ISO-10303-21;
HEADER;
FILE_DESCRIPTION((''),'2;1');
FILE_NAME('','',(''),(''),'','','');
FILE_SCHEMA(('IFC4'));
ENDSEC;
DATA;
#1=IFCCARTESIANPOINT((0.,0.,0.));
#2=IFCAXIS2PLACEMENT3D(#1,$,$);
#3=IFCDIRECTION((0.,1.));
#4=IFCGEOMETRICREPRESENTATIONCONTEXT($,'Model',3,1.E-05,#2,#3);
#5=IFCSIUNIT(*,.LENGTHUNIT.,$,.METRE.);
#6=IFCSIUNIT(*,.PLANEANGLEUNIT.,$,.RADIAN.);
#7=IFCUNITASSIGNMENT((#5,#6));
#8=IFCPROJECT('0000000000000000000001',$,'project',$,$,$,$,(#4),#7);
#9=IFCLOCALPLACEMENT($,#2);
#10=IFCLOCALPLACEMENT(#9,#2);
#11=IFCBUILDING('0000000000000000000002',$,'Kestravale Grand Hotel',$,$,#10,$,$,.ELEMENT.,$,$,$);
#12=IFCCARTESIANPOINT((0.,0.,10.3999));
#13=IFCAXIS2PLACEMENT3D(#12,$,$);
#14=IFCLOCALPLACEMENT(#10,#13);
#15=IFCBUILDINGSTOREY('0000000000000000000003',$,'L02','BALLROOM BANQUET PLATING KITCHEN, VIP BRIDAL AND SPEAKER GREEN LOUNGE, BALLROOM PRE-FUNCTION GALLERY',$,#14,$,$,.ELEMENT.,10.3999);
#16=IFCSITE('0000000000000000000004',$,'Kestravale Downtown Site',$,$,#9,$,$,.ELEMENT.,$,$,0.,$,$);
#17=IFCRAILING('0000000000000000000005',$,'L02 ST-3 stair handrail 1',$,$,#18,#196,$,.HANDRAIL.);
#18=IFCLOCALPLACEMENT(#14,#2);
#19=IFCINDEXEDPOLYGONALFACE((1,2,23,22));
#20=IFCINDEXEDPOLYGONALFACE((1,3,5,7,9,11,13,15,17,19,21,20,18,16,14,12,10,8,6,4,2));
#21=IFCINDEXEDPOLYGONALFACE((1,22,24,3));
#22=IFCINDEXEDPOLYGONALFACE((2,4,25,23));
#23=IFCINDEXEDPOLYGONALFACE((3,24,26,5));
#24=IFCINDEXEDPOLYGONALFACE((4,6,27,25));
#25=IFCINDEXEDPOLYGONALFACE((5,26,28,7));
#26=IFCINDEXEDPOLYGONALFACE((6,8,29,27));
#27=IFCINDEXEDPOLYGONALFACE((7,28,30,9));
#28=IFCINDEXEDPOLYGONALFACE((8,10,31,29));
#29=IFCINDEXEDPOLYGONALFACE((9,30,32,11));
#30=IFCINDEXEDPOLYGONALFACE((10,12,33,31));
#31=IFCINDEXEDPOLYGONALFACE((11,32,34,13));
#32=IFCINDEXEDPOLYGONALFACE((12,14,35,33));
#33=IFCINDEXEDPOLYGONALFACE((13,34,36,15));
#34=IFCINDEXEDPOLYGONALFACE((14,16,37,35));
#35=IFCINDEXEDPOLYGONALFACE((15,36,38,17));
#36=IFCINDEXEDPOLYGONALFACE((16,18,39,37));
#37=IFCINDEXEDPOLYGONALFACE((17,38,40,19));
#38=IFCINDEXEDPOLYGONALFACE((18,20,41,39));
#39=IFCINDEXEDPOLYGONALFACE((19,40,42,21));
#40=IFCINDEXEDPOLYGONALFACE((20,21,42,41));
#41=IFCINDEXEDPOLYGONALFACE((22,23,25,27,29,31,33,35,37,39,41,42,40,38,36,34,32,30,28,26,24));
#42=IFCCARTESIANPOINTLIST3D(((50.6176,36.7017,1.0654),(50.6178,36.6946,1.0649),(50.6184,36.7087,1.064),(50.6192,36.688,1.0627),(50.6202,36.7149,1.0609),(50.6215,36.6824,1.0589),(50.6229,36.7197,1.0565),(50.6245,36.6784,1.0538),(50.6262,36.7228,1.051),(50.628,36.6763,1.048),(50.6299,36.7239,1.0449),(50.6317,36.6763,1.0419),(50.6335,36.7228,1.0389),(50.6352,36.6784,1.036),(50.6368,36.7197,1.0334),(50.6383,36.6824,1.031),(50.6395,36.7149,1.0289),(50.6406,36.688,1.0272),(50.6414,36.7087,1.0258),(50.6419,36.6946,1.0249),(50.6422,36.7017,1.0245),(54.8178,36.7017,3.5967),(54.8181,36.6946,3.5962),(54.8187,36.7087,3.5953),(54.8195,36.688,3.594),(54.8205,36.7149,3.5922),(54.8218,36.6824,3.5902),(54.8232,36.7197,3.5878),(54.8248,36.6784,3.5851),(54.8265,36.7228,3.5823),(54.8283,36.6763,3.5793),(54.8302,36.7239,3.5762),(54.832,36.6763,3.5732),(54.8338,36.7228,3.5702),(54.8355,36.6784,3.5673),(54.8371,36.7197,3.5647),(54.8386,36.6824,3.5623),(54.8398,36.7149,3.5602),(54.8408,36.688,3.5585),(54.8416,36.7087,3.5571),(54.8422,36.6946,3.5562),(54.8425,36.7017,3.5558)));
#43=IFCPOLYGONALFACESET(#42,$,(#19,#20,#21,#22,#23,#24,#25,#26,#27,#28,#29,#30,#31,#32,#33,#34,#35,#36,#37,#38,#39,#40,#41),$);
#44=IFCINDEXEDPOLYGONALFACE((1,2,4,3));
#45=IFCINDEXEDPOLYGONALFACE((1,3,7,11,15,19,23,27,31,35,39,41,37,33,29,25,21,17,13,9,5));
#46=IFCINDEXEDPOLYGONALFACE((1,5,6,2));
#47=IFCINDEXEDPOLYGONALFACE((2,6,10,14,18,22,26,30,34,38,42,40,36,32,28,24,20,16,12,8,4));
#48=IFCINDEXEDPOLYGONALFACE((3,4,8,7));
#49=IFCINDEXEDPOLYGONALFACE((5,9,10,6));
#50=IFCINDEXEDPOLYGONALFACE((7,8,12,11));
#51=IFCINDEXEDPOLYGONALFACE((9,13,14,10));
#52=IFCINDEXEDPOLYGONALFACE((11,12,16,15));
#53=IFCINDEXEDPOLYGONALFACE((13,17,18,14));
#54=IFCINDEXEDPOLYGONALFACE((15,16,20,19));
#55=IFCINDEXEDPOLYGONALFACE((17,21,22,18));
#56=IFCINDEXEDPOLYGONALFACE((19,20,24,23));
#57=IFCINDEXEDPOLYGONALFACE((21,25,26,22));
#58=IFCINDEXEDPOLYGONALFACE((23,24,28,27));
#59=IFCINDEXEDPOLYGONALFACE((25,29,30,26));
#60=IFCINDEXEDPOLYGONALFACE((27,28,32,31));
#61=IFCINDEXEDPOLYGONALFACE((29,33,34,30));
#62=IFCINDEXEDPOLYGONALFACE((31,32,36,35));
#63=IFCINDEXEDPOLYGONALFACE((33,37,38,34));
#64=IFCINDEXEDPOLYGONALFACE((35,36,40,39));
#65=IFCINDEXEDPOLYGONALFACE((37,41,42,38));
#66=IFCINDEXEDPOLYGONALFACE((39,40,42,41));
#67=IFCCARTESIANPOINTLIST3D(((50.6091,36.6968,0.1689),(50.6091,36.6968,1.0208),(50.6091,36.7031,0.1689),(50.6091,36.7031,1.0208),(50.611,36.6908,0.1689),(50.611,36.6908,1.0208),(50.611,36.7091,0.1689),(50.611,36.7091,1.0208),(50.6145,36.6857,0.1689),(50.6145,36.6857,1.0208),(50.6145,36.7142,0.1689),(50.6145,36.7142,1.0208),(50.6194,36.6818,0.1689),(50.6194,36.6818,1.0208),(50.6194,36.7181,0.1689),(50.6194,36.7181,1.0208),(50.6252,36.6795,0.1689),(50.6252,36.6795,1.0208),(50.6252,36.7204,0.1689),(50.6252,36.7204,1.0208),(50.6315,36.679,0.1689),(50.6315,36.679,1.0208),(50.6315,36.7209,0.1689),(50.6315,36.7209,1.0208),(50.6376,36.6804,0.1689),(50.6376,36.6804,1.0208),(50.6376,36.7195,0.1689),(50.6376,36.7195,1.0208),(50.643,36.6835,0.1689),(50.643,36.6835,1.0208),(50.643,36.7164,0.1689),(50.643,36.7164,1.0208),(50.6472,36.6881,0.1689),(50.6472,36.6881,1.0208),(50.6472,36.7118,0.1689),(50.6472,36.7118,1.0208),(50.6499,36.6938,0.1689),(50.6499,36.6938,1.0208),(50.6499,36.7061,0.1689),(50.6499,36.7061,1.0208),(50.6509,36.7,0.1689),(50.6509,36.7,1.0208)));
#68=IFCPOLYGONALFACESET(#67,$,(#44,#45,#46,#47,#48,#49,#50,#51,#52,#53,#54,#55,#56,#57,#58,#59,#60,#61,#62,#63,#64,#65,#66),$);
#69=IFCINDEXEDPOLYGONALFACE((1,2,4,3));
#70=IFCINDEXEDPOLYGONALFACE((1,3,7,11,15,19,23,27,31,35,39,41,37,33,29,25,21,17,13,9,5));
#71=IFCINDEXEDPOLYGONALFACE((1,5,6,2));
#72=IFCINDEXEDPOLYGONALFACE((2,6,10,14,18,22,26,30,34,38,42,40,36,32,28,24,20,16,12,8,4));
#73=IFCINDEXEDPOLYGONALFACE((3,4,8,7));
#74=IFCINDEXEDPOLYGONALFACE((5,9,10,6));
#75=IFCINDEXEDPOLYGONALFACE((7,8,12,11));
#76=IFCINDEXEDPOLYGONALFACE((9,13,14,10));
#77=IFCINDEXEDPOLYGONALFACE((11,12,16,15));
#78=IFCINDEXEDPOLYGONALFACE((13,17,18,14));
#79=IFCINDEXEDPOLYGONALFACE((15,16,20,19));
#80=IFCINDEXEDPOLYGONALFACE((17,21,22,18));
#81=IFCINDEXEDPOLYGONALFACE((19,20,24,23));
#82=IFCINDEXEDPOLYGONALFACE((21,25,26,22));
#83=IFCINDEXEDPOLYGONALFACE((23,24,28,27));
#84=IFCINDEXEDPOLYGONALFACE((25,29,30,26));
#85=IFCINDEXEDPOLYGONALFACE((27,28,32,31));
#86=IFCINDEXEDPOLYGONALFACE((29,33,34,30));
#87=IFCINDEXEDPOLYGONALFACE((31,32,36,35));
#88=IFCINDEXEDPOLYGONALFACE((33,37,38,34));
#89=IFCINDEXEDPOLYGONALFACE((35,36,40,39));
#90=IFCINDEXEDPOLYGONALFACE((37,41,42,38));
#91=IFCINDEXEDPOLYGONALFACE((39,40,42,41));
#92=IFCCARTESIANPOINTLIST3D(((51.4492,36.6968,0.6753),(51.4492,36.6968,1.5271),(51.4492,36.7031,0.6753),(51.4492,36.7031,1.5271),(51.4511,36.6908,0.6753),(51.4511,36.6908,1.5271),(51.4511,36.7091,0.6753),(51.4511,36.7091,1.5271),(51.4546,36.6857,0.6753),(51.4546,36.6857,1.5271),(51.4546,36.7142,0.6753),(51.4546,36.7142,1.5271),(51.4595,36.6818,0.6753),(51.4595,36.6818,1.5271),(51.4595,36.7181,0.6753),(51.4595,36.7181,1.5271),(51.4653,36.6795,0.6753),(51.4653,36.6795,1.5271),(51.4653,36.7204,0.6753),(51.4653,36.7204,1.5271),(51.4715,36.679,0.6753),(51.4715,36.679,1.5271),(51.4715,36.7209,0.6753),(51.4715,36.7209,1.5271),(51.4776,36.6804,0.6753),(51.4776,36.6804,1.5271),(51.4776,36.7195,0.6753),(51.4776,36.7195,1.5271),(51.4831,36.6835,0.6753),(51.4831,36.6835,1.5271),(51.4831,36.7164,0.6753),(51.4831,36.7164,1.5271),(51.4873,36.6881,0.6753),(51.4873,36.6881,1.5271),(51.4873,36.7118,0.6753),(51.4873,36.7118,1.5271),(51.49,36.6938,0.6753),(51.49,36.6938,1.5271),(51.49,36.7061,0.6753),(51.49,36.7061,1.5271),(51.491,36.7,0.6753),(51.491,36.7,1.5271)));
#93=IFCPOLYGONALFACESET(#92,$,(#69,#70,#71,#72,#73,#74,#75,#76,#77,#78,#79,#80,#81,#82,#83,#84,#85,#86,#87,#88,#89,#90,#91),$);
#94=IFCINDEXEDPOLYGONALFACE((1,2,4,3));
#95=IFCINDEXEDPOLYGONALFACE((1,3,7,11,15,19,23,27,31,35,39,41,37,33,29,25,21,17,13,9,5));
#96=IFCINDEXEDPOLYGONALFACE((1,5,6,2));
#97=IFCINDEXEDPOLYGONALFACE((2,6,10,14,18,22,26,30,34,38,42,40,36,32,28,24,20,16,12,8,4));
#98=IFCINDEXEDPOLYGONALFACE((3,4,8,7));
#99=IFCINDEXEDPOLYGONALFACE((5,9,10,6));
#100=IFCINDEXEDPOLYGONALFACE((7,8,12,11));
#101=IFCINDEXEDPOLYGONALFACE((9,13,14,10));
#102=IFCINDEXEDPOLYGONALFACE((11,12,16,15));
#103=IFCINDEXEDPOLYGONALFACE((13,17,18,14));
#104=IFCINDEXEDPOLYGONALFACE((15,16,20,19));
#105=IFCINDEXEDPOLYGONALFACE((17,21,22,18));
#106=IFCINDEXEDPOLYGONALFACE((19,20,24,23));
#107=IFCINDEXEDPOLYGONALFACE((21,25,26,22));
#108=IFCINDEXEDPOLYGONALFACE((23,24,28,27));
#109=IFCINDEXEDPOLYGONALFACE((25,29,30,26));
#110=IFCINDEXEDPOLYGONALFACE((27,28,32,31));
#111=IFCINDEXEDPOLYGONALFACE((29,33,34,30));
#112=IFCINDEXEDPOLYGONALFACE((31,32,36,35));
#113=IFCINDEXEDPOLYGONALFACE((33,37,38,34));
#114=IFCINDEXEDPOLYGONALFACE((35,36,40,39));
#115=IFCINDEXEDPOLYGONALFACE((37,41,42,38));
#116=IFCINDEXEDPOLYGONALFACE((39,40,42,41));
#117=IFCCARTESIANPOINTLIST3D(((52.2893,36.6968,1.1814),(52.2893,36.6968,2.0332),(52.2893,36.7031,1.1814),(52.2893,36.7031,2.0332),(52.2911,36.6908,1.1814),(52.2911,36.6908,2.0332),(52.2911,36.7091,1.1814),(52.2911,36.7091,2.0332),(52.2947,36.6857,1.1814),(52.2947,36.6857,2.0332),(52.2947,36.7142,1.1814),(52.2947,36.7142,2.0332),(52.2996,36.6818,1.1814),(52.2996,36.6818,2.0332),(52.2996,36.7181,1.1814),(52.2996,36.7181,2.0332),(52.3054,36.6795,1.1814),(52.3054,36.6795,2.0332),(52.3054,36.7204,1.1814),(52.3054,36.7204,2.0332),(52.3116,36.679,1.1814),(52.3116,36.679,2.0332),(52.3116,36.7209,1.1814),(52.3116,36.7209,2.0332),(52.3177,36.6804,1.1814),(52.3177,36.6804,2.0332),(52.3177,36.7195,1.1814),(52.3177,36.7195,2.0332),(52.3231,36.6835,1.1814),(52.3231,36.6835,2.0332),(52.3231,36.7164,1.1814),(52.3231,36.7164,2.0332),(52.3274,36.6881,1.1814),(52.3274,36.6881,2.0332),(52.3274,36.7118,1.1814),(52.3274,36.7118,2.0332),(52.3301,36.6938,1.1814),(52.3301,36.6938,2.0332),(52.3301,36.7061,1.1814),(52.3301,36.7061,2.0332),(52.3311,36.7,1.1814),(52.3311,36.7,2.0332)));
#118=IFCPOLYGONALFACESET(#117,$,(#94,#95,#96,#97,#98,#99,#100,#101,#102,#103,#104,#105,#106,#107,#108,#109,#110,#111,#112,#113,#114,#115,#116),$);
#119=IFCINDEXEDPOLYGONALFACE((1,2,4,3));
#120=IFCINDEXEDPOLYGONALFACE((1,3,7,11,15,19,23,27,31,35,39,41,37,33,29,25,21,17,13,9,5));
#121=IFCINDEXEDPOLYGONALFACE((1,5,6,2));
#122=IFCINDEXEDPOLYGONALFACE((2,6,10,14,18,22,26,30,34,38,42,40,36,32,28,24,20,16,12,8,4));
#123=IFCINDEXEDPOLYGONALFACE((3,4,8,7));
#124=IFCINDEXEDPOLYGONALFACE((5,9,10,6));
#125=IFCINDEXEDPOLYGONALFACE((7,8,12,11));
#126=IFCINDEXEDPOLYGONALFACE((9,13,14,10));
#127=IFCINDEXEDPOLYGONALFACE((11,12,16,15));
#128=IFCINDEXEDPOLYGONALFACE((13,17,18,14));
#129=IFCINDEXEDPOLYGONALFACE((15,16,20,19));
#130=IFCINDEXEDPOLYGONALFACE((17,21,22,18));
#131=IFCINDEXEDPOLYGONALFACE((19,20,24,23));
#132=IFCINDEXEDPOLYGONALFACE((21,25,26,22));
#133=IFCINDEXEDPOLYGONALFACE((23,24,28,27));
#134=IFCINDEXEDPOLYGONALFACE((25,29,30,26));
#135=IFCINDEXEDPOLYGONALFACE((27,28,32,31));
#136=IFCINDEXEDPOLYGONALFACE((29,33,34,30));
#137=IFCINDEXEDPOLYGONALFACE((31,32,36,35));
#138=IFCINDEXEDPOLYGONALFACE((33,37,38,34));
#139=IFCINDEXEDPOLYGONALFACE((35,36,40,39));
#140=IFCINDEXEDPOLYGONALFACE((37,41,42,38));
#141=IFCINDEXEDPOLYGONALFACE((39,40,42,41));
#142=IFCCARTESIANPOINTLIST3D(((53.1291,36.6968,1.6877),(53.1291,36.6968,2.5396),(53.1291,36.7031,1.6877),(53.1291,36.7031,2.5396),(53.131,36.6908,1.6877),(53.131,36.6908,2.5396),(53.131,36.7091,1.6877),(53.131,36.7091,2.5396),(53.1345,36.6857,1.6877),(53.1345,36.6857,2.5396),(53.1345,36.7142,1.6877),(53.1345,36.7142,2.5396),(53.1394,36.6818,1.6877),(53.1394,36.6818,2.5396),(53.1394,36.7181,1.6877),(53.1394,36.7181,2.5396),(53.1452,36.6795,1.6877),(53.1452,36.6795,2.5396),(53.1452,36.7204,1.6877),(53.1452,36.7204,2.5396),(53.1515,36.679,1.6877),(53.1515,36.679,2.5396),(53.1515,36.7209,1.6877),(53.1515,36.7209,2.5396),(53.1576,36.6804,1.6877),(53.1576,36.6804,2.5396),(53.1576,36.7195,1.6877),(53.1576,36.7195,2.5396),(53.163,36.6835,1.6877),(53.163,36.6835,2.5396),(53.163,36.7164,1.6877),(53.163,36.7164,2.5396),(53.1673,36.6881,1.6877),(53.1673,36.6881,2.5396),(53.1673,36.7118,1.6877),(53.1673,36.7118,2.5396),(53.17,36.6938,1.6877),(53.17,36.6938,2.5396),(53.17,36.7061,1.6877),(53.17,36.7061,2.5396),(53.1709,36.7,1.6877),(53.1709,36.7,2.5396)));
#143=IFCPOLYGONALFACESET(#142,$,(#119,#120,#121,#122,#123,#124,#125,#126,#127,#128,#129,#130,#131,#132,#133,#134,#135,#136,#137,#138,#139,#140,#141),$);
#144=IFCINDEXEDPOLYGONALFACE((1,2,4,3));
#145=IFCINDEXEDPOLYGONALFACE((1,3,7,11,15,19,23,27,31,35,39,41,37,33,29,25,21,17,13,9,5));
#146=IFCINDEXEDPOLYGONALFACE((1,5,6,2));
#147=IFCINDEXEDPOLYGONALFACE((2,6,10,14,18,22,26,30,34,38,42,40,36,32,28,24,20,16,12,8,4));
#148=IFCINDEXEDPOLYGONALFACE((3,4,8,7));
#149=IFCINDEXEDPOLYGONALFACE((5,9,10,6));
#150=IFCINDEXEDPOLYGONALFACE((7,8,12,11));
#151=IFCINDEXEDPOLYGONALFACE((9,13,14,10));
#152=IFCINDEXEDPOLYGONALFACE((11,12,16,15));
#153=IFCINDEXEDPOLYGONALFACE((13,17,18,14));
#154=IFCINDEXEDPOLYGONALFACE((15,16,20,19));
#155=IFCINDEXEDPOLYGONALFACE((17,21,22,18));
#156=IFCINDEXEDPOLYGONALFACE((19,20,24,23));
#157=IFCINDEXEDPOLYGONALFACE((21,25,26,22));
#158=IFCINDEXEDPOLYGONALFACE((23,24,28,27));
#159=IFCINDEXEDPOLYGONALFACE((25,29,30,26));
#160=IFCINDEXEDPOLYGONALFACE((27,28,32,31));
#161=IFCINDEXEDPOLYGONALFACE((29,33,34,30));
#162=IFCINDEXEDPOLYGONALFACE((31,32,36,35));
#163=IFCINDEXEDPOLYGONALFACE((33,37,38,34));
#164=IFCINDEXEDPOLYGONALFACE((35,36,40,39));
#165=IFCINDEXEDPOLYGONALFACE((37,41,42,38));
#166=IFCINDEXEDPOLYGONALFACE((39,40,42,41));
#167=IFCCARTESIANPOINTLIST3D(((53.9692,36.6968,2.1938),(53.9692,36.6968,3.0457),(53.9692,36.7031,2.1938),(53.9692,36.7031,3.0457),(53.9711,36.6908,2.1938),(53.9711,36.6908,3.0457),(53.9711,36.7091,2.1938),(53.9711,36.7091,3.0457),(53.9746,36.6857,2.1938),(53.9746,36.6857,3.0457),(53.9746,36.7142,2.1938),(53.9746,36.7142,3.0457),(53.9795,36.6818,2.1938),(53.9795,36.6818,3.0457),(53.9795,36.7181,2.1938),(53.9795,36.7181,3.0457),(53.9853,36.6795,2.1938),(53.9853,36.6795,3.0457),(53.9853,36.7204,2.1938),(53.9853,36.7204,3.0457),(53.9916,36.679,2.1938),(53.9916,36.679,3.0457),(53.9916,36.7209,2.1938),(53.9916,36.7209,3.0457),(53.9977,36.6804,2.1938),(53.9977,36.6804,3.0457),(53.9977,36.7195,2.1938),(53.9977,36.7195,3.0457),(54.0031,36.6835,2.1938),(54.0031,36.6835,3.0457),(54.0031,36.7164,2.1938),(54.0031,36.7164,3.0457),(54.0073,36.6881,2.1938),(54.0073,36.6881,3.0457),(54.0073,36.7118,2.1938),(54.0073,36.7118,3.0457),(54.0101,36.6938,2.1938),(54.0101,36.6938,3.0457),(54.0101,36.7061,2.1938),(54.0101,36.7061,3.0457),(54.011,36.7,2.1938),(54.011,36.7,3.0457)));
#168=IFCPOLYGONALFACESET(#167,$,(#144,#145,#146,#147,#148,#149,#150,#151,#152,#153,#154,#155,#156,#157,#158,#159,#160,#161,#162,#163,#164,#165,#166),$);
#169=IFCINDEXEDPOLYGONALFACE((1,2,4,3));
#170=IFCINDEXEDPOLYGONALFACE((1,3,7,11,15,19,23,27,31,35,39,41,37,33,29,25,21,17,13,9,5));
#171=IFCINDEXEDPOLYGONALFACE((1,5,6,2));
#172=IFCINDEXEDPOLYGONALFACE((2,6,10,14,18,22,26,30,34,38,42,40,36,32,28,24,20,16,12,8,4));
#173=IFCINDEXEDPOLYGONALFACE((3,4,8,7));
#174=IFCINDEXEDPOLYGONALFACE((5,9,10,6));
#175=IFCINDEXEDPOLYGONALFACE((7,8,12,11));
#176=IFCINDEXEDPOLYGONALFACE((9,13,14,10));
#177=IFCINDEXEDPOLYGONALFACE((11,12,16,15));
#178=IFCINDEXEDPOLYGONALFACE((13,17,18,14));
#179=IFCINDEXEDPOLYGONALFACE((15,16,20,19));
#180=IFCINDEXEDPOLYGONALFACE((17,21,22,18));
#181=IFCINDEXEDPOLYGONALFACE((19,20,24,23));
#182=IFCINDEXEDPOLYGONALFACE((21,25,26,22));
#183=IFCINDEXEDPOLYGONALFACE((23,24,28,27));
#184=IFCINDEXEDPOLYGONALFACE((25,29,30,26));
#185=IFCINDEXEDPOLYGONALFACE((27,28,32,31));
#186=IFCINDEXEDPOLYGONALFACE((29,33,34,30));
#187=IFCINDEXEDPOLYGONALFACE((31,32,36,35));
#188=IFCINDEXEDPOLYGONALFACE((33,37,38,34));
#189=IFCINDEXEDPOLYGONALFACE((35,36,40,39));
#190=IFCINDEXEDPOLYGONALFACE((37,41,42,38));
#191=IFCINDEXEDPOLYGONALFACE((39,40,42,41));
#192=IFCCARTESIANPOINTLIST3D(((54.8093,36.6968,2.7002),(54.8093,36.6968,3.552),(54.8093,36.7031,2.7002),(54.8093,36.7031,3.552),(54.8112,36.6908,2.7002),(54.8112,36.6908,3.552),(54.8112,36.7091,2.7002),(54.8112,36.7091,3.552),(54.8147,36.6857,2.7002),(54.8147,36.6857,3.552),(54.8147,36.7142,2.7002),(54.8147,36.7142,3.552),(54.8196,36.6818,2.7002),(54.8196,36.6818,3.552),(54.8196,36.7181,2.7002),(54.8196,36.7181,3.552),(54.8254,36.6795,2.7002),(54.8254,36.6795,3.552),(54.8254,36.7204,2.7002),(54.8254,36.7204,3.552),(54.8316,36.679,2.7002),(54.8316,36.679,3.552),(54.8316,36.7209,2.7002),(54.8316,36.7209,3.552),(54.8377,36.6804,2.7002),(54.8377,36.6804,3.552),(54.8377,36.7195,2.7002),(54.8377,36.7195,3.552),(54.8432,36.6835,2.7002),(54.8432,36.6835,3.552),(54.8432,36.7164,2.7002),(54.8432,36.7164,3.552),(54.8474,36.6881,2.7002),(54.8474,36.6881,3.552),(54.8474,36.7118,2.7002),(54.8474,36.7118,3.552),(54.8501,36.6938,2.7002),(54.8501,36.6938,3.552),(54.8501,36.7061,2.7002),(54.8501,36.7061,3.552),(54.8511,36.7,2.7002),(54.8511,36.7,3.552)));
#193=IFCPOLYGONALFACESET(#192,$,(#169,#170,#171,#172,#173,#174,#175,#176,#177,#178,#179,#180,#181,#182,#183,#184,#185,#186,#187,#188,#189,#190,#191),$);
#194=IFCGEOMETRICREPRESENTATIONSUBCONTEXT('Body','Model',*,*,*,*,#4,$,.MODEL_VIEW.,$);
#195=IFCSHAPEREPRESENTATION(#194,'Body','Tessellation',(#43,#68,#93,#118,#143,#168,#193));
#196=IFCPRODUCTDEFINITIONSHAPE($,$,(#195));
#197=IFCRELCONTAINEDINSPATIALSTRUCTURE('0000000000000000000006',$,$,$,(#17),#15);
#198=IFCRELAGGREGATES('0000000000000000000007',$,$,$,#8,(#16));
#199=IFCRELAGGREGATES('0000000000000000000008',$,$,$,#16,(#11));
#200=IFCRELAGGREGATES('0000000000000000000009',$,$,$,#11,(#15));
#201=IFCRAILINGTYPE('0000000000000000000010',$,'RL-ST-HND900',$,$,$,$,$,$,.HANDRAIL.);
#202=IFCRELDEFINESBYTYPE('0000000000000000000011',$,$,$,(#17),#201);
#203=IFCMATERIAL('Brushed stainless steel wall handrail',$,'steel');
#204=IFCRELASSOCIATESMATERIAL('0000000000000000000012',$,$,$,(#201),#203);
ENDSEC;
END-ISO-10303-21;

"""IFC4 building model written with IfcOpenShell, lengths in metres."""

from ifc_helpers import new_model, si_unit, direction, frame, origin, origin_2d, place, context, subcontext, project, spatial, circle, extrude, material, type_object, element, save


model = new_model("IFC4")

# Units and contexts
model_context = context("Model", 3, precision=1e-05, world=origin(), true_north=direction((0.0, 1.0)))
body_context = subcontext(model_context, "Body", "Model", "MODEL_VIEW")
ifc_project = project(units=[si_unit("LENGTHUNIT", "METRE"), si_unit("PLANEANGLEUNIT", "RADIAN")], contexts=[model_context])

# Site, building, storey
site_placement = place(None, origin())
site = spatial("IfcSite", under=ifc_project, at=site_placement, Name="Kestravale Downtown Site", CompositionType="ELEMENT", RefElevation=0.0)
building_placement = place(site_placement, origin())
building = spatial("IfcBuilding", under=site, at=building_placement, Name="Kestravale Grand Hotel", CompositionType="ELEMENT")
storey_placement = place(building_placement, frame((0.0, 0.0, 10.3999)))
storey = spatial("IfcBuildingStorey", under=building, at=storey_placement, Name="L02", Description="BALLROOM BANQUET PLATING KITCHEN, VIP BRIDAL AND SPEAKER GREEN LOUNGE, BALLROOM PRE-FUNCTION GALLERY", CompositionType="ELEMENT", Elevation=10.3999)

# Railing
ifc_material_1 = material(Name="Brushed stainless steel wall handrail", Category="steel")
railing_type_1 = type_object("IfcRailingType", Name="RL-ST-HND900", PredefinedType="HANDRAIL", material=ifc_material_1)
railing_1_placement = place(storey_placement, frame((50.6299, 36.7, 0.1689)))
element("IfcRailing", 1, at=railing_1_placement, inside=storey, type_object=railing_type_1, Name="L02 ST-3 stair handrail 1", PredefinedType="HANDRAIL", context=body_context, shape_type="SweptSolid", body=[
    extrude(circle(Radius=0.0239, at=origin_2d()), frame((0.0, 0.0, 0.876), z_axis=(0.85649, 0.0, 0.516164), x_axis=(0.0, 1.0, 0.0)), (0.0, 0.0, 1.0), 4.9041),
    extrude(circle(Radius=0.021, at=origin_2d()), origin(), (0.0, 0.0, 1.0), 0.8518),
    extrude(circle(Radius=0.021, at=origin_2d()), frame((0.8401, 0.0, 0.5063)), (0.0, 0.0, 1.0), 0.8518),
    extrude(circle(Radius=0.021, at=origin_2d()), frame((1.6802, 0.0, 1.0125)), (0.0, 0.0, 1.0), 0.8518),
    extrude(circle(Radius=0.021, at=origin_2d()), frame((2.52, 0.0, 1.5188)), (0.0, 0.0, 1.0), 0.8518),
    extrude(circle(Radius=0.021, at=origin_2d()), frame((3.3601, 0.0, 2.0249)), (0.0, 0.0, 1.0), 0.8518),
    extrude(circle(Radius=0.021, at=origin_2d()), frame((4.2002, 0.0, 2.5312)), (0.0, 0.0, 1.0), 0.8518),
])

save(model, "model.ifc")
